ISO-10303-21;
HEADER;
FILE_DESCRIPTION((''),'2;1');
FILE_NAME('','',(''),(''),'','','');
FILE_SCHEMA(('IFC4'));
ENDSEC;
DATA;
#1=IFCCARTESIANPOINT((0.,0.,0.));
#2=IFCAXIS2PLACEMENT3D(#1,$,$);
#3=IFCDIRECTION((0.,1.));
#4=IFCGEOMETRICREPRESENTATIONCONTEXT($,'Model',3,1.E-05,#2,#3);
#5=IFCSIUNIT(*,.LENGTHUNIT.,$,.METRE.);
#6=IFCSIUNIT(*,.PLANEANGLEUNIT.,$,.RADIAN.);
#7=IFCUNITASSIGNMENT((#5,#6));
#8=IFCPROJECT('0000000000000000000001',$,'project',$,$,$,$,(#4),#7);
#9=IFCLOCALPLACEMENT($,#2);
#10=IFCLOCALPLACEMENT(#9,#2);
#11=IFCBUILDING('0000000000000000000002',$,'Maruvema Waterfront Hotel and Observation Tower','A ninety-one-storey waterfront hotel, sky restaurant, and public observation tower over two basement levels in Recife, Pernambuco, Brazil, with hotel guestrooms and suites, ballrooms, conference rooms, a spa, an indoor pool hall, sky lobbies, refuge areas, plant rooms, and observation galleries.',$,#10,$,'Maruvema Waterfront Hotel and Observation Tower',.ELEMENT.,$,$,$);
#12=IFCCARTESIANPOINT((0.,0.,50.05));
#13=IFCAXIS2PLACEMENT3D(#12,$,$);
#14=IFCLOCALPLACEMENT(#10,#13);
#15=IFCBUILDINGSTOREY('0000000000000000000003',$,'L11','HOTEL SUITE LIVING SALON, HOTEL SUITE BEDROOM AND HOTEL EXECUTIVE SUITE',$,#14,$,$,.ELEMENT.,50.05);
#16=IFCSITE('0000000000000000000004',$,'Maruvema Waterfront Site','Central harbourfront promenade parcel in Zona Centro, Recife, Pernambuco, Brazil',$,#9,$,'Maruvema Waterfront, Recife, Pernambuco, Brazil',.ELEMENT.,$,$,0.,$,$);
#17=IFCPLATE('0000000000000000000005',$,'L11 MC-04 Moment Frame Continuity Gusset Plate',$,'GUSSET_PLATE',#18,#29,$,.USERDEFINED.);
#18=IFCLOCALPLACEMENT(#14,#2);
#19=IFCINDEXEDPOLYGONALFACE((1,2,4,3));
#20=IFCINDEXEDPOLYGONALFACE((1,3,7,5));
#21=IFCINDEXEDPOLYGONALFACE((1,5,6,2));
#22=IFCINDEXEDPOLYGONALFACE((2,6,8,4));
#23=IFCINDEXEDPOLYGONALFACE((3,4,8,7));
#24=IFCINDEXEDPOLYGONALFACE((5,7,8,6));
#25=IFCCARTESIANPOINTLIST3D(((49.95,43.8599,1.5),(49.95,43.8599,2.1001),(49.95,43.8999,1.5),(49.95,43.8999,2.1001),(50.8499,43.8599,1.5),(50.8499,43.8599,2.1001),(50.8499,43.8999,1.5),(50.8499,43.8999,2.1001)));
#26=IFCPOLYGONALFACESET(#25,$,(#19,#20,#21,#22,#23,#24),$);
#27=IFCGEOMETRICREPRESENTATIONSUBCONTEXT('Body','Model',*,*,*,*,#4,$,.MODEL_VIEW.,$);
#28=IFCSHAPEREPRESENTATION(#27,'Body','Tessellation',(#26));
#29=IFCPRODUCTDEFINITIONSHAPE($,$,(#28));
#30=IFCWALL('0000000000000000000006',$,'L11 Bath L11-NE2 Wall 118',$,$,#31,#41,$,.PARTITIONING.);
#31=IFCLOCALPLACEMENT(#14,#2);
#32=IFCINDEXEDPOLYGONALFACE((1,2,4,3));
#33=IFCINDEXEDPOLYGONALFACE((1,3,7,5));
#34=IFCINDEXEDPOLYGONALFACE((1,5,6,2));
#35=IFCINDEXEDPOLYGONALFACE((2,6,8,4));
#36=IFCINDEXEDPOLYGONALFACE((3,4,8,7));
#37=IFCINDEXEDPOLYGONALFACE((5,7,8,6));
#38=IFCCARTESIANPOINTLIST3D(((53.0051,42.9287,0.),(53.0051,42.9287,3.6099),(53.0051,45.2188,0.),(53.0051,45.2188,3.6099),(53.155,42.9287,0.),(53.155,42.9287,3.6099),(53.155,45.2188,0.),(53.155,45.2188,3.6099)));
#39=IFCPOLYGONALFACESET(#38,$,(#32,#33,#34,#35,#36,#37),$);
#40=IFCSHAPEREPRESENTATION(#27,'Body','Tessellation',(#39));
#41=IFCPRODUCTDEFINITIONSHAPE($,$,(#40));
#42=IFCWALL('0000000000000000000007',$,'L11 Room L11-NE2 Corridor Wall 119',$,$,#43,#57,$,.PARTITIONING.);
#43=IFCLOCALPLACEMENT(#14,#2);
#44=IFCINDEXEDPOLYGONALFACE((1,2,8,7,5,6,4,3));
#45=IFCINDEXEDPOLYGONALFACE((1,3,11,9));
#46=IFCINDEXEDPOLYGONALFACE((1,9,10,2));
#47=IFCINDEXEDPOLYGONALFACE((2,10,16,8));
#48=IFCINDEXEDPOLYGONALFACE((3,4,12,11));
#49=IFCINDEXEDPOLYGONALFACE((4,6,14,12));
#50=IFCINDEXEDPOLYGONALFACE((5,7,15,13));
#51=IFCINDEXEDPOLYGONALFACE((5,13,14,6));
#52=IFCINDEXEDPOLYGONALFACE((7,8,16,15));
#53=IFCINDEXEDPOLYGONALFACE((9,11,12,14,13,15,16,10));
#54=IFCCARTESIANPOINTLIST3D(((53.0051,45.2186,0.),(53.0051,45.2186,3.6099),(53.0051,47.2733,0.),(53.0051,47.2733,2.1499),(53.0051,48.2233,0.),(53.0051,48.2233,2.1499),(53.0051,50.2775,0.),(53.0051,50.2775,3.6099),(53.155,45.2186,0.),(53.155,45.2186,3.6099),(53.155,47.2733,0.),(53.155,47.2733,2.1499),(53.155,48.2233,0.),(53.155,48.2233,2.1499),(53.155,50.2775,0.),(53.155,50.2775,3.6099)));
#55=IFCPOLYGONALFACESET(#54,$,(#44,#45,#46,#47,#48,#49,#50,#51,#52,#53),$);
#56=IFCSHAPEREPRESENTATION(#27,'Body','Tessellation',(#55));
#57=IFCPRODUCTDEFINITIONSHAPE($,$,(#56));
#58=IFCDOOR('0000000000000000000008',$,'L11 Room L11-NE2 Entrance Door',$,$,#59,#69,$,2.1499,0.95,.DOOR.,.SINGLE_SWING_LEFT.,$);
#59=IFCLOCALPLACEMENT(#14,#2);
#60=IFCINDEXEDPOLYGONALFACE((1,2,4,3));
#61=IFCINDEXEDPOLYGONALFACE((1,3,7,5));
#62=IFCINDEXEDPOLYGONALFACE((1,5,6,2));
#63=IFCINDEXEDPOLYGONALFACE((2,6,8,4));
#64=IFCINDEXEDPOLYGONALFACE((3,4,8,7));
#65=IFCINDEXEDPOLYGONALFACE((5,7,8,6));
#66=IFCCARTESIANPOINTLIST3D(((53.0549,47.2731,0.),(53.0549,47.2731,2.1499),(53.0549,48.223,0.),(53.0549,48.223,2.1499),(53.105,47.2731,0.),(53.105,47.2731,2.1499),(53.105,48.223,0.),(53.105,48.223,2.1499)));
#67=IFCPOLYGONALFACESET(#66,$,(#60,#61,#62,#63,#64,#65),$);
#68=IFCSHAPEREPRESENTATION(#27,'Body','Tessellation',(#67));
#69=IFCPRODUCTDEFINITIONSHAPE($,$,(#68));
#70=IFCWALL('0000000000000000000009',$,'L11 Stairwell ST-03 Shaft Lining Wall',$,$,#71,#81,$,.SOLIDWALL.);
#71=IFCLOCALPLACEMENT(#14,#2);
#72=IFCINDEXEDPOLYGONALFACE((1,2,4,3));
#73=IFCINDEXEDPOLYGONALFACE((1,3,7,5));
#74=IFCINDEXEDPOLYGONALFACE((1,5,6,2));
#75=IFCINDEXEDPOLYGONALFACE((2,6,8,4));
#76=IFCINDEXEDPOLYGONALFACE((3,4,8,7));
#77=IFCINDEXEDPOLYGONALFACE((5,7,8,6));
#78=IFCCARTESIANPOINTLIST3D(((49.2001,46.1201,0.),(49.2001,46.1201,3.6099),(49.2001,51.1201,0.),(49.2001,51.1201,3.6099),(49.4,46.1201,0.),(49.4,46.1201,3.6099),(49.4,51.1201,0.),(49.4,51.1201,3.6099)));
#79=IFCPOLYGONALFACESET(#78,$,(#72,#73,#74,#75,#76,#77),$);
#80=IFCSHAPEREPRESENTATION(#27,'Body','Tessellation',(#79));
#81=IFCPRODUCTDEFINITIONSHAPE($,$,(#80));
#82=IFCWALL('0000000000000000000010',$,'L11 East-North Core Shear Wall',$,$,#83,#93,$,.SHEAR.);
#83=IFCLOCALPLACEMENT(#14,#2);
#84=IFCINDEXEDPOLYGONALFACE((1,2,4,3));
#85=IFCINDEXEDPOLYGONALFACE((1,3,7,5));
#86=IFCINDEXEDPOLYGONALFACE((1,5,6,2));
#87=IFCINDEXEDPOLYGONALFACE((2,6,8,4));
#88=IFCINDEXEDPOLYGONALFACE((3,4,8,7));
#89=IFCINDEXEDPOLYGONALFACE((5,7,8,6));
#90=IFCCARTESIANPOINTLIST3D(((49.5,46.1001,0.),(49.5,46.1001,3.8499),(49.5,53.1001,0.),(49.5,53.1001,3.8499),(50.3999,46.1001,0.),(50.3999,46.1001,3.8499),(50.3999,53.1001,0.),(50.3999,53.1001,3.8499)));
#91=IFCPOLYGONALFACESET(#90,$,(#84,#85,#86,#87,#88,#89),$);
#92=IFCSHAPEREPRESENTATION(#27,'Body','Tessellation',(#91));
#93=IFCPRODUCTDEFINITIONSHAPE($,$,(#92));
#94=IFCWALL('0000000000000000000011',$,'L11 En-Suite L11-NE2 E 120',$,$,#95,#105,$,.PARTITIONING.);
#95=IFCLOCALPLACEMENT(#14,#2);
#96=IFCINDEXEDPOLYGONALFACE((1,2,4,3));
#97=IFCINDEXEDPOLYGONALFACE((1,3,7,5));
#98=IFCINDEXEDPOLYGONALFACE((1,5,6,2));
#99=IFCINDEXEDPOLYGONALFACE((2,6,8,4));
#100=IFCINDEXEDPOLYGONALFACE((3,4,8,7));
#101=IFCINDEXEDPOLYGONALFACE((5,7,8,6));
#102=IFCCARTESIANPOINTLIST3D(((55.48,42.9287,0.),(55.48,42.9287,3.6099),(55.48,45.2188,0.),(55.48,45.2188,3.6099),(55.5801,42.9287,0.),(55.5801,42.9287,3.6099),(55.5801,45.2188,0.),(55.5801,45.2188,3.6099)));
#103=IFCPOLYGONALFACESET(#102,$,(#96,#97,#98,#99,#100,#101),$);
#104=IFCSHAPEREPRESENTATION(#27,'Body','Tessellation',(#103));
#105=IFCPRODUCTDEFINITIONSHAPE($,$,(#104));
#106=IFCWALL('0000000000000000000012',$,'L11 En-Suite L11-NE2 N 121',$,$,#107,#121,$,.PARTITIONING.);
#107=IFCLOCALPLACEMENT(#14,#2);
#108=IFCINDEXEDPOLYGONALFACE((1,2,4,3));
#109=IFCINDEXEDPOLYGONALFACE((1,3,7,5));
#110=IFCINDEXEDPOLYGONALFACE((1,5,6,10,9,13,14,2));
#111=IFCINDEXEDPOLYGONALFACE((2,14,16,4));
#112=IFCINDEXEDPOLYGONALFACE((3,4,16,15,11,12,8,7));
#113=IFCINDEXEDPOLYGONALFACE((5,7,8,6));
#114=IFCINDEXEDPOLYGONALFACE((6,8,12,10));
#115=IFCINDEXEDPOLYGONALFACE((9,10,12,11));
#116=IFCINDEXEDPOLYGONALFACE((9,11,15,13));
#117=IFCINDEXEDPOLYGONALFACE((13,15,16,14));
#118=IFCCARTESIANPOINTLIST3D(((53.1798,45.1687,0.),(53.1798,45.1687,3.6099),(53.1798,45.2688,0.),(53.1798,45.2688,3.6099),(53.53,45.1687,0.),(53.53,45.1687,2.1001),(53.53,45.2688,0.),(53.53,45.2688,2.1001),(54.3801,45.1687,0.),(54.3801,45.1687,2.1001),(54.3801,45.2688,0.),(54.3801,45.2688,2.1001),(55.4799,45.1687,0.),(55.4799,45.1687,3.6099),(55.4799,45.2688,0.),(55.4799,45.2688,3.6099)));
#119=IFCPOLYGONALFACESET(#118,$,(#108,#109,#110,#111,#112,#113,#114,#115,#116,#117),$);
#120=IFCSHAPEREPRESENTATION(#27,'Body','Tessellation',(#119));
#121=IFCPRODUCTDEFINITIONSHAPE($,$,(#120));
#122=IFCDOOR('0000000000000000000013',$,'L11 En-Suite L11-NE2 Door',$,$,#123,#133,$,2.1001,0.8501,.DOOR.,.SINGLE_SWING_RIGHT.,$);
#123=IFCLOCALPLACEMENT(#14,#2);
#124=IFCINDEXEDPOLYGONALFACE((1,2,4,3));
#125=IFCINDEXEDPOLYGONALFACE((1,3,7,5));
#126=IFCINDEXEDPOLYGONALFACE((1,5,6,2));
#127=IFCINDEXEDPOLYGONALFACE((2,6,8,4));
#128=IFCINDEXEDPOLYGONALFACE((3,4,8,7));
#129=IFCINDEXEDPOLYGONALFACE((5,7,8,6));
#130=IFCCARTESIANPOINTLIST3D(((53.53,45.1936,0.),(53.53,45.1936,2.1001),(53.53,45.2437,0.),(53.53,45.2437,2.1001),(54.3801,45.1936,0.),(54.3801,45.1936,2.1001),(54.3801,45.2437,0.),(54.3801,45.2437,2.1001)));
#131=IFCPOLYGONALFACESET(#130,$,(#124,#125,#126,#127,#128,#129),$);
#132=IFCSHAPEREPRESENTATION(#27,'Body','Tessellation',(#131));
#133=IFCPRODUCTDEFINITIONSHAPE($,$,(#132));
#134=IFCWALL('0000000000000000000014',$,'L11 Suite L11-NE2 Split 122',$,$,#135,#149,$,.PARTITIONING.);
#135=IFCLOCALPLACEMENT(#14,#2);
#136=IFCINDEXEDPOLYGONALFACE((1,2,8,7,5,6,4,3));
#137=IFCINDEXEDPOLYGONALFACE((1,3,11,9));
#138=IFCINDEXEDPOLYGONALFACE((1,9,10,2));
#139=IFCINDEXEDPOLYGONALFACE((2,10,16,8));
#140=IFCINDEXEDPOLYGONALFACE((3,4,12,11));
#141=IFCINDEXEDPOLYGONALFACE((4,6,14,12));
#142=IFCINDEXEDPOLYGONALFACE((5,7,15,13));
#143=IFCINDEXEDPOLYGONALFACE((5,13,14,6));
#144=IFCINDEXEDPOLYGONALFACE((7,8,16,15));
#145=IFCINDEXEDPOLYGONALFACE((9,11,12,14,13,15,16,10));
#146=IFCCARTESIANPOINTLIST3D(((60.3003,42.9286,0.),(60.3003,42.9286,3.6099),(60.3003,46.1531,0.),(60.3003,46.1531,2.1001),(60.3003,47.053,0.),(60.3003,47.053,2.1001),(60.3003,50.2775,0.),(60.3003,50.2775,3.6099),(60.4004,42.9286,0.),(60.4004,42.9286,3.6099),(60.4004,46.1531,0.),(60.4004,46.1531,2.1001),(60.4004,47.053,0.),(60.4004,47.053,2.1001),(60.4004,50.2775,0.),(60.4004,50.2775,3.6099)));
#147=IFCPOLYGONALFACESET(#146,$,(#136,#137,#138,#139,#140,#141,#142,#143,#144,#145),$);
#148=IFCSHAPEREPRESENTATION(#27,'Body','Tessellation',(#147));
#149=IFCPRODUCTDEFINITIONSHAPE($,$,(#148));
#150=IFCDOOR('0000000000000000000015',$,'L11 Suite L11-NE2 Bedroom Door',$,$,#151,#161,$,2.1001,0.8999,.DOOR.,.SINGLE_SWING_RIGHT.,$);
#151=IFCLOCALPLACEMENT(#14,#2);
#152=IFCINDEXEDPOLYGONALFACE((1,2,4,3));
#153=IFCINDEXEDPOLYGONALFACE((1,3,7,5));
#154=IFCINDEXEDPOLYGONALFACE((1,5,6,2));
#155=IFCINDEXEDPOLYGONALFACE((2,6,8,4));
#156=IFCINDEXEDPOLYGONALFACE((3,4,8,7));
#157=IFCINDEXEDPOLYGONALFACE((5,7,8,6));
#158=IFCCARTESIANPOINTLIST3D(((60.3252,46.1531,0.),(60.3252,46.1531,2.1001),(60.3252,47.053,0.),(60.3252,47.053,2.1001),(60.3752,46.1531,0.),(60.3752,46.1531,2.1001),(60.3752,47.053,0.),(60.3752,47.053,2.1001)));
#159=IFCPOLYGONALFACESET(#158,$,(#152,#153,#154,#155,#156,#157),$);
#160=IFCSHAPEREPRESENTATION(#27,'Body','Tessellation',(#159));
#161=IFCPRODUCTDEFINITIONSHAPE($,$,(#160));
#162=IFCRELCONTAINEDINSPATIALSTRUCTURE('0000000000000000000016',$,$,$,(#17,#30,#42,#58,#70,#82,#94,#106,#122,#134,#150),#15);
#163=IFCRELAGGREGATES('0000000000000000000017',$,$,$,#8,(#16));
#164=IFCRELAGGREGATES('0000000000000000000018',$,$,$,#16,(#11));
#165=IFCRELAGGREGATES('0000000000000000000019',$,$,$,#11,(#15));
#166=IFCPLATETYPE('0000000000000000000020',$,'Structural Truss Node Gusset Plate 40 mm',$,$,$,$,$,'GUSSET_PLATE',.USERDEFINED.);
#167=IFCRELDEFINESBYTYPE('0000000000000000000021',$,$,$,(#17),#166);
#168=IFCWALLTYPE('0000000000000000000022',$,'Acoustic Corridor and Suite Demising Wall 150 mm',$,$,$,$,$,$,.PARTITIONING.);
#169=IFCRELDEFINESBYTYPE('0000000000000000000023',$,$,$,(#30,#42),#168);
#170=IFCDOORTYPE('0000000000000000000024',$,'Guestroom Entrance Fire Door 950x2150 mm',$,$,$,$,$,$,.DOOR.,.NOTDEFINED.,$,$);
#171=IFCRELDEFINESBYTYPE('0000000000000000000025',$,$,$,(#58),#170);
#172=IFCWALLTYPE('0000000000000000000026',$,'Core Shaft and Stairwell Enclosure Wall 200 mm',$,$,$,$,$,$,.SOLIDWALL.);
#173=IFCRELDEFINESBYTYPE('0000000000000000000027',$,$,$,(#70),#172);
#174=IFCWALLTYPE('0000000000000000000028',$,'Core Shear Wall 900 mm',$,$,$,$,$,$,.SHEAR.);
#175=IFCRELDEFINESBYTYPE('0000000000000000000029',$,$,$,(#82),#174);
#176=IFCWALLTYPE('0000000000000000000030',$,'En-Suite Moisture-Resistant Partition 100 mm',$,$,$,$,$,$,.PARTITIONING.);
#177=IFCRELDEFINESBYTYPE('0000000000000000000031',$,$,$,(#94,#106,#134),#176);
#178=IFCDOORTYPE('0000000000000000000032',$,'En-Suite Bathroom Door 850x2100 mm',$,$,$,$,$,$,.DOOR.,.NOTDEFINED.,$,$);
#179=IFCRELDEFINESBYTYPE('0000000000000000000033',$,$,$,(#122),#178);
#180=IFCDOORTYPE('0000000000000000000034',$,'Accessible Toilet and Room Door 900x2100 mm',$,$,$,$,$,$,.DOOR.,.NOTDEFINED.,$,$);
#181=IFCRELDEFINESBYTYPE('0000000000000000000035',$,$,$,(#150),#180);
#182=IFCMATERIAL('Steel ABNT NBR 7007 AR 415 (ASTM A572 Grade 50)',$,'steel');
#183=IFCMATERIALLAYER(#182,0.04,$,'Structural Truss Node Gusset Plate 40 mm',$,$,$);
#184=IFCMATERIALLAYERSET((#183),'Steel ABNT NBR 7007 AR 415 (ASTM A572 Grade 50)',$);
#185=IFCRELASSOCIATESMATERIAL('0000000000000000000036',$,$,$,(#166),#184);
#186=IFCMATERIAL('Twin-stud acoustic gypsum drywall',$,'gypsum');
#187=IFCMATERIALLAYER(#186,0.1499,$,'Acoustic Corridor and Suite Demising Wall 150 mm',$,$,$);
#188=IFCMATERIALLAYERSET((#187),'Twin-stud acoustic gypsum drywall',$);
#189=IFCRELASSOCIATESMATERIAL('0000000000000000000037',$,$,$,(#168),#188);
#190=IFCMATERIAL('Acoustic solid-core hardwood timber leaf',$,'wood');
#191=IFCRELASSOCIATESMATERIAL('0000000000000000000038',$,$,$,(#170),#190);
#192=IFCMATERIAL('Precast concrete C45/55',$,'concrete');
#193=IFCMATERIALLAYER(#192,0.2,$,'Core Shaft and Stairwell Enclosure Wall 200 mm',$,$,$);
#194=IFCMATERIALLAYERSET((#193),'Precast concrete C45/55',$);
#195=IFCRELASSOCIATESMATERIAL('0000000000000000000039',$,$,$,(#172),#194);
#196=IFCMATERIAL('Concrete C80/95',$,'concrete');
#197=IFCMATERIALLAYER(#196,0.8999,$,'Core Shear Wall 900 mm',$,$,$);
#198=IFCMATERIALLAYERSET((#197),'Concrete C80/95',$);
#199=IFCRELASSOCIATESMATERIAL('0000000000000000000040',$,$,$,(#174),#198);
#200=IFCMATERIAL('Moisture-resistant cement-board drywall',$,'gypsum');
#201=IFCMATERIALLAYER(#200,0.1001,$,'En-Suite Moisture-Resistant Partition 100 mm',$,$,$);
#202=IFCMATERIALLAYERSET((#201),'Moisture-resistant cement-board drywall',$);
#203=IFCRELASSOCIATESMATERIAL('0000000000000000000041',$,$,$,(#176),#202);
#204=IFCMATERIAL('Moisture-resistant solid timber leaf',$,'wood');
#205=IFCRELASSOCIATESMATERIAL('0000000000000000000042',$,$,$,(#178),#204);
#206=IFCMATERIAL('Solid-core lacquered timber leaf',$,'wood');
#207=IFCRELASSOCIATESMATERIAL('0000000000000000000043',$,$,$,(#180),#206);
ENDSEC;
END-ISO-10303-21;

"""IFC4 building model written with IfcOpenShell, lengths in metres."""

from ifc_helpers import new_model, si_unit, direction, frame, frame_2d, origin, origin_2d, place, context, subcontext, project, spatial, rectangle, extrude, material, layer, layer_set, type_object, element, fill, save


model = new_model("IFC4")

# Units and contexts
model_context = context("Model", 3, precision=1e-05, world=origin(), true_north=direction((0.0, 1.0)))
body_context = subcontext(model_context, "Body", "Model", "MODEL_VIEW")
ifc_project = project(units=[si_unit("LENGTHUNIT", "METRE"), si_unit("PLANEANGLEUNIT", "RADIAN")], contexts=[model_context])

# Site, building, storey
site_placement = place(None, origin())
site = spatial("IfcSite", under=ifc_project, at=site_placement, Name="Maruvema Waterfront Site", Description="Central harbourfront promenade parcel in Zona Centro, Recife, Pernambuco, Brazil", LongName="Maruvema Waterfront, Recife, Pernambuco, Brazil", CompositionType="ELEMENT", RefElevation=0.0)
building_placement = place(site_placement, origin())
building = spatial("IfcBuilding", under=site, at=building_placement, Name="Maruvema Waterfront Hotel and Observation Tower", Description="A ninety-one-storey waterfront hotel, sky restaurant, and public observation tower over two basement levels in Recife, Pernambuco, Brazil, with hotel guestrooms and suites, ballrooms, conference rooms, a spa, an indoor pool hall, sky lobbies, refuge areas, plant rooms, and observation galleries.", LongName="Maruvema Waterfront Hotel and Observation Tower", CompositionType="ELEMENT")
storey_placement = place(building_placement, frame((0.0, 0.0, 50.05)))
storey = spatial("IfcBuildingStorey", under=building, at=storey_placement, Name="L11", Description="HOTEL SUITE LIVING SALON, HOTEL SUITE BEDROOM AND HOTEL EXECUTIVE SUITE", CompositionType="ELEMENT", Elevation=50.05)

# Plate
ifc_material_1 = material(Name="Steel ABNT NBR 7007 AR 415 (ASTM A572 Grade 50)", Category="steel")
ifc_layer_1 = layer(ifc_material_1, 0.04, Name="Structural Truss Node Gusset Plate 40 mm")
ifc_layer_set_1 = layer_set([ifc_layer_1], Name="Steel ABNT NBR 7007 AR 415 (ASTM A572 Grade 50)")
plate_type_1 = type_object("IfcPlateType", Name="Structural Truss Node Gusset Plate 40 mm", ElementType="GUSSET_PLATE", PredefinedType="USERDEFINED", material=ifc_layer_set_1)
plate_1_placement = place(storey_placement, frame((50.3999, 43.8799, 1.5), z_axis=(0.0, 0.0, 1.0), x_axis=(1.0, 0.0, 0.0)))
element("IfcPlate", 1, at=plate_1_placement, inside=storey, type_object=plate_type_1, Name="L11 MC-04 Moment Frame Continuity Gusset Plate", ObjectType="GUSSET_PLATE", PredefinedType="USERDEFINED", context=body_context, shape_type="SweptSolid", body=[
    extrude(rectangle(XDim=0.8999, YDim=0.04, at=origin_2d()), origin(), (0.0, 0.0, 1.0), 0.6001),
])

# Wall
ifc_material_2 = material(Name="Twin-stud acoustic gypsum drywall", Category="gypsum")
ifc_layer_2 = layer(ifc_material_2, 0.1499, Name="Acoustic Corridor and Suite Demising Wall 150 mm")
ifc_layer_set_2 = layer_set([ifc_layer_2], Name="Twin-stud acoustic gypsum drywall")
wall_type_1 = type_object("IfcWallType", Name="Acoustic Corridor and Suite Demising Wall 150 mm", PredefinedType="PARTITIONING", material=ifc_layer_set_2)
wall_1_placement = place(storey_placement, frame((53.0801, 42.9287, 0.0), z_axis=(0.0, 0.0, 1.0), x_axis=(0.0, 1.0, 0.0)))
element("IfcWall", 2, at=wall_1_placement, inside=storey, type_object=wall_type_1, Name="L11 Bath L11-NE2 Wall 118", PredefinedType="PARTITIONING", context=body_context, shape_type="SweptSolid", body=[
    extrude(rectangle(XDim=2.29, YDim=0.1499, at=frame_2d((1.145, 0.0))), origin(), (0.0, 0.0, 1.0), 3.6099),
])

# Wall, opening, door
wall_2_placement = place(storey_placement, frame((53.0801, 45.2188, 0.0), z_axis=(0.0, 0.0, 1.0), x_axis=(0.0, 1.0, 0.0)))
wall_2 = element("IfcWall", 3, at=wall_2_placement, inside=storey, type_object=wall_type_1, Name="L11 Room L11-NE2 Corridor Wall 119", PredefinedType="PARTITIONING", context=body_context, shape_type="SweptSolid", body=[
    extrude(rectangle(XDim=5.0588, YDim=0.1499, at=frame_2d((2.5293, 0.0))), origin(), (0.0, 0.0, 1.0), 3.6099),
])
opening_1_placement = place(wall_2_placement, frame((2.0544, 0.0, 0.0)))
opening_1 = element("IfcOpeningElement", 4, at=opening_1_placement, cuts=wall_2, PredefinedType="OPENING", context=body_context, shape_type="SweptSolid", body=[
    extrude(rectangle(XDim=0.95, YDim=2.1499, at=frame_2d((0.4751, 1.075))), frame((0.0, 0.085, 0.0), z_axis=(0.0, -1.0, 0.0), x_axis=(1.0, 0.0, 0.0)), (0.0, 0.0, 1.0), 0.1699),
])
ifc_material_3 = material(Name="Acoustic solid-core hardwood timber leaf", Category="wood")
door_type_1 = type_object("IfcDoorType", Name="Guestroom Entrance Fire Door 950x2150 mm", OperationType="NOTDEFINED", PredefinedType="DOOR", material=ifc_material_3)
door_1_placement = place(opening_1_placement, frame((0.95, 0.0, 0.0), z_axis=(0.0, 0.0, 1.0), x_axis=(-1.0, 0.0, 0.0)))
door_1 = element("IfcDoor", 5, at=door_1_placement, inside=storey, type_object=door_type_1, Name="L11 Room L11-NE2 Entrance Door", OperationType="SINGLE_SWING_LEFT", OverallHeight=2.1499, OverallWidth=0.95, PredefinedType="DOOR", context=body_context, shape_type="SweptSolid", body=[
    extrude(rectangle(XDim=0.95, YDim=2.1499, at=frame_2d((0.4751, 1.075))), frame((0.0, 0.0249, 0.0), z_axis=(0.0, -1.0, 0.0), x_axis=(1.0, 0.0, 0.0)), (0.0, 0.0, 1.0), 0.05),
])
fill(opening_1, door_1)

# Walls
ifc_material_4 = material(Name="Precast concrete C45/55", Category="concrete")
ifc_layer_3 = layer(ifc_material_4, 0.2, Name="Core Shaft and Stairwell Enclosure Wall 200 mm")
ifc_layer_set_3 = layer_set([ifc_layer_3], Name="Precast concrete C45/55")
wall_type_2 = type_object("IfcWallType", Name="Core Shaft and Stairwell Enclosure Wall 200 mm", PredefinedType="SOLIDWALL", material=ifc_layer_set_3)
wall_3_placement = place(storey_placement, frame((49.3, 46.1201, 0.0), z_axis=(0.0, 0.0, 1.0), x_axis=(0.0, 1.0, 0.0)))
element("IfcWall", 6, at=wall_3_placement, inside=storey, type_object=wall_type_2, Name="L11 Stairwell ST-03 Shaft Lining Wall", PredefinedType="SOLIDWALL", context=body_context, shape_type="SweptSolid", body=[
    extrude(rectangle(XDim=5.0, YDim=0.2, at=frame_2d((2.5, 0.0))), origin(), (0.0, 0.0, 1.0), 3.6099),
])
ifc_material_5 = material(Name="Concrete C80/95", Category="concrete")
ifc_layer_4 = layer(ifc_material_5, 0.8999, Name="Core Shear Wall 900 mm")
ifc_layer_set_4 = layer_set([ifc_layer_4], Name="Concrete C80/95")
wall_type_3 = type_object("IfcWallType", Name="Core Shear Wall 900 mm", PredefinedType="SHEAR", material=ifc_layer_set_4)
wall_4_placement = place(storey_placement, frame((49.95, 46.1001, 0.0), z_axis=(0.0, 0.0, 1.0), x_axis=(0.0, 1.0, 0.0)))
element("IfcWall", 7, at=wall_4_placement, inside=storey, type_object=wall_type_3, Name="L11 East-North Core Shear Wall", PredefinedType="SHEAR", context=body_context, shape_type="SweptSolid", body=[
    extrude(rectangle(XDim=7.0, YDim=0.8999, at=frame_2d((3.5, 0.0))), origin(), (0.0, 0.0, 1.0), 3.8499),
])
ifc_material_6 = material(Name="Moisture-resistant cement-board drywall", Category="gypsum")
ifc_layer_5 = layer(ifc_material_6, 0.1001, Name="En-Suite Moisture-Resistant Partition 100 mm")
ifc_layer_set_5 = layer_set([ifc_layer_5], Name="Moisture-resistant cement-board drywall")
wall_type_4 = type_object("IfcWallType", Name="En-Suite Moisture-Resistant Partition 100 mm", PredefinedType="PARTITIONING", material=ifc_layer_set_5)
wall_5_placement = place(storey_placement, frame((55.53, 42.9287, 0.0), z_axis=(0.0, 0.0, 1.0), x_axis=(0.0, 1.0, 0.0)))
element("IfcWall", 8, at=wall_5_placement, inside=storey, type_object=wall_type_4, Name="L11 En-Suite L11-NE2 E 120", PredefinedType="PARTITIONING", context=body_context, shape_type="SweptSolid", body=[
    extrude(rectangle(XDim=2.29, YDim=0.1001, at=frame_2d((1.145, 0.0))), origin(), (0.0, 0.0, 1.0), 3.6099),
])

# Walls, openings, doors
wall_6_placement = place(storey_placement, frame((53.1799, 45.2188, 0.0), z_axis=(0.0, 0.0, 1.0), x_axis=(1.0, 0.0, 0.0)))
wall_6 = element("IfcWall", 9, at=wall_6_placement, inside=storey, type_object=wall_type_4, Name="L11 En-Suite L11-NE2 N 121", PredefinedType="PARTITIONING", context=body_context, shape_type="SweptSolid", body=[
    extrude(rectangle(XDim=2.3, YDim=0.1001, at=frame_2d((1.1499, 0.0))), origin(), (0.0, 0.0, 1.0), 3.6099),
])
opening_2_placement = place(wall_6_placement, frame((0.3501, 0.0, 0.0)))
opening_2 = element("IfcOpeningElement", 10, at=opening_2_placement, cuts=wall_6, PredefinedType="OPENING", context=body_context, shape_type="SweptSolid", body=[
    extrude(rectangle(XDim=0.8501, YDim=2.1001, at=frame_2d((0.425, 1.05))), frame((0.0, 0.0601, 0.0), z_axis=(0.0, -1.0, 0.0), x_axis=(1.0, 0.0, 0.0)), (0.0, 0.0, 1.0), 0.1201),
])
ifc_material_7 = material(Name="Moisture-resistant solid timber leaf", Category="wood")
door_type_2 = type_object("IfcDoorType", Name="En-Suite Bathroom Door 850x2100 mm", OperationType="NOTDEFINED", PredefinedType="DOOR", material=ifc_material_7)
door_2_placement = place(opening_2_placement, origin())
door_2 = element("IfcDoor", 11, at=door_2_placement, inside=storey, type_object=door_type_2, Name="L11 En-Suite L11-NE2 Door", OperationType="SINGLE_SWING_RIGHT", OverallHeight=2.1001, OverallWidth=0.8501, PredefinedType="DOOR", context=body_context, shape_type="SweptSolid", body=[
    extrude(rectangle(XDim=0.8501, YDim=2.1001, at=frame_2d((0.425, 1.05))), frame((0.0, 0.0249, 0.0), z_axis=(0.0, -1.0, 0.0), x_axis=(1.0, 0.0, 0.0)), (0.0, 0.0, 1.0), 0.05),
])
fill(opening_2, door_2)
wall_7_placement = place(storey_placement, frame((60.3503, 42.9287, 0.0), z_axis=(0.0, 0.0, 1.0), x_axis=(0.0, 1.0, 0.0)))
wall_7 = element("IfcWall", 12, at=wall_7_placement, inside=storey, type_object=wall_type_4, Name="L11 Suite L11-NE2 Split 122", PredefinedType="PARTITIONING", context=body_context, shape_type="SweptSolid", body=[
    extrude(rectangle(XDim=7.3489, YDim=0.1001, at=frame_2d((3.6743, 0.0))), origin(), (0.0, 0.0, 1.0), 3.6099),
])
opening_3_placement = place(wall_7_placement, frame((3.2244, 0.0, 0.0)))
opening_3 = element("IfcOpeningElement", 13, at=opening_3_placement, cuts=wall_7, PredefinedType="OPENING", context=body_context, shape_type="SweptSolid", body=[
    extrude(rectangle(XDim=0.8999, YDim=2.1001, at=frame_2d((0.45, 1.05))), frame((0.0, 0.0601, 0.0), z_axis=(0.0, -1.0, 0.0), x_axis=(1.0, 0.0, 0.0)), (0.0, 0.0, 1.0), 0.1201),
])
ifc_material_8 = material(Name="Solid-core lacquered timber leaf", Category="wood")
door_type_3 = type_object("IfcDoorType", Name="Accessible Toilet and Room Door 900x2100 mm", OperationType="NOTDEFINED", PredefinedType="DOOR", material=ifc_material_8)
door_3_placement = place(opening_3_placement, frame((0.8999, 0.0, 0.0), z_axis=(0.0, 0.0, 1.0), x_axis=(-1.0, 0.0, 0.0)))
door_3 = element("IfcDoor", 14, at=door_3_placement, inside=storey, type_object=door_type_3, Name="L11 Suite L11-NE2 Bedroom Door", OperationType="SINGLE_SWING_RIGHT", OverallHeight=2.1001, OverallWidth=0.8999, PredefinedType="DOOR", context=body_context, shape_type="SweptSolid", body=[
    extrude(rectangle(XDim=0.8999, YDim=2.1001, at=frame_2d((0.45, 1.05))), frame((0.0, 0.0249, 0.0), z_axis=(0.0, -1.0, 0.0), x_axis=(1.0, 0.0, 0.0)), (0.0, 0.0, 1.0), 0.05),
])
fill(opening_3, door_3)

save(model, "model.ifc")
